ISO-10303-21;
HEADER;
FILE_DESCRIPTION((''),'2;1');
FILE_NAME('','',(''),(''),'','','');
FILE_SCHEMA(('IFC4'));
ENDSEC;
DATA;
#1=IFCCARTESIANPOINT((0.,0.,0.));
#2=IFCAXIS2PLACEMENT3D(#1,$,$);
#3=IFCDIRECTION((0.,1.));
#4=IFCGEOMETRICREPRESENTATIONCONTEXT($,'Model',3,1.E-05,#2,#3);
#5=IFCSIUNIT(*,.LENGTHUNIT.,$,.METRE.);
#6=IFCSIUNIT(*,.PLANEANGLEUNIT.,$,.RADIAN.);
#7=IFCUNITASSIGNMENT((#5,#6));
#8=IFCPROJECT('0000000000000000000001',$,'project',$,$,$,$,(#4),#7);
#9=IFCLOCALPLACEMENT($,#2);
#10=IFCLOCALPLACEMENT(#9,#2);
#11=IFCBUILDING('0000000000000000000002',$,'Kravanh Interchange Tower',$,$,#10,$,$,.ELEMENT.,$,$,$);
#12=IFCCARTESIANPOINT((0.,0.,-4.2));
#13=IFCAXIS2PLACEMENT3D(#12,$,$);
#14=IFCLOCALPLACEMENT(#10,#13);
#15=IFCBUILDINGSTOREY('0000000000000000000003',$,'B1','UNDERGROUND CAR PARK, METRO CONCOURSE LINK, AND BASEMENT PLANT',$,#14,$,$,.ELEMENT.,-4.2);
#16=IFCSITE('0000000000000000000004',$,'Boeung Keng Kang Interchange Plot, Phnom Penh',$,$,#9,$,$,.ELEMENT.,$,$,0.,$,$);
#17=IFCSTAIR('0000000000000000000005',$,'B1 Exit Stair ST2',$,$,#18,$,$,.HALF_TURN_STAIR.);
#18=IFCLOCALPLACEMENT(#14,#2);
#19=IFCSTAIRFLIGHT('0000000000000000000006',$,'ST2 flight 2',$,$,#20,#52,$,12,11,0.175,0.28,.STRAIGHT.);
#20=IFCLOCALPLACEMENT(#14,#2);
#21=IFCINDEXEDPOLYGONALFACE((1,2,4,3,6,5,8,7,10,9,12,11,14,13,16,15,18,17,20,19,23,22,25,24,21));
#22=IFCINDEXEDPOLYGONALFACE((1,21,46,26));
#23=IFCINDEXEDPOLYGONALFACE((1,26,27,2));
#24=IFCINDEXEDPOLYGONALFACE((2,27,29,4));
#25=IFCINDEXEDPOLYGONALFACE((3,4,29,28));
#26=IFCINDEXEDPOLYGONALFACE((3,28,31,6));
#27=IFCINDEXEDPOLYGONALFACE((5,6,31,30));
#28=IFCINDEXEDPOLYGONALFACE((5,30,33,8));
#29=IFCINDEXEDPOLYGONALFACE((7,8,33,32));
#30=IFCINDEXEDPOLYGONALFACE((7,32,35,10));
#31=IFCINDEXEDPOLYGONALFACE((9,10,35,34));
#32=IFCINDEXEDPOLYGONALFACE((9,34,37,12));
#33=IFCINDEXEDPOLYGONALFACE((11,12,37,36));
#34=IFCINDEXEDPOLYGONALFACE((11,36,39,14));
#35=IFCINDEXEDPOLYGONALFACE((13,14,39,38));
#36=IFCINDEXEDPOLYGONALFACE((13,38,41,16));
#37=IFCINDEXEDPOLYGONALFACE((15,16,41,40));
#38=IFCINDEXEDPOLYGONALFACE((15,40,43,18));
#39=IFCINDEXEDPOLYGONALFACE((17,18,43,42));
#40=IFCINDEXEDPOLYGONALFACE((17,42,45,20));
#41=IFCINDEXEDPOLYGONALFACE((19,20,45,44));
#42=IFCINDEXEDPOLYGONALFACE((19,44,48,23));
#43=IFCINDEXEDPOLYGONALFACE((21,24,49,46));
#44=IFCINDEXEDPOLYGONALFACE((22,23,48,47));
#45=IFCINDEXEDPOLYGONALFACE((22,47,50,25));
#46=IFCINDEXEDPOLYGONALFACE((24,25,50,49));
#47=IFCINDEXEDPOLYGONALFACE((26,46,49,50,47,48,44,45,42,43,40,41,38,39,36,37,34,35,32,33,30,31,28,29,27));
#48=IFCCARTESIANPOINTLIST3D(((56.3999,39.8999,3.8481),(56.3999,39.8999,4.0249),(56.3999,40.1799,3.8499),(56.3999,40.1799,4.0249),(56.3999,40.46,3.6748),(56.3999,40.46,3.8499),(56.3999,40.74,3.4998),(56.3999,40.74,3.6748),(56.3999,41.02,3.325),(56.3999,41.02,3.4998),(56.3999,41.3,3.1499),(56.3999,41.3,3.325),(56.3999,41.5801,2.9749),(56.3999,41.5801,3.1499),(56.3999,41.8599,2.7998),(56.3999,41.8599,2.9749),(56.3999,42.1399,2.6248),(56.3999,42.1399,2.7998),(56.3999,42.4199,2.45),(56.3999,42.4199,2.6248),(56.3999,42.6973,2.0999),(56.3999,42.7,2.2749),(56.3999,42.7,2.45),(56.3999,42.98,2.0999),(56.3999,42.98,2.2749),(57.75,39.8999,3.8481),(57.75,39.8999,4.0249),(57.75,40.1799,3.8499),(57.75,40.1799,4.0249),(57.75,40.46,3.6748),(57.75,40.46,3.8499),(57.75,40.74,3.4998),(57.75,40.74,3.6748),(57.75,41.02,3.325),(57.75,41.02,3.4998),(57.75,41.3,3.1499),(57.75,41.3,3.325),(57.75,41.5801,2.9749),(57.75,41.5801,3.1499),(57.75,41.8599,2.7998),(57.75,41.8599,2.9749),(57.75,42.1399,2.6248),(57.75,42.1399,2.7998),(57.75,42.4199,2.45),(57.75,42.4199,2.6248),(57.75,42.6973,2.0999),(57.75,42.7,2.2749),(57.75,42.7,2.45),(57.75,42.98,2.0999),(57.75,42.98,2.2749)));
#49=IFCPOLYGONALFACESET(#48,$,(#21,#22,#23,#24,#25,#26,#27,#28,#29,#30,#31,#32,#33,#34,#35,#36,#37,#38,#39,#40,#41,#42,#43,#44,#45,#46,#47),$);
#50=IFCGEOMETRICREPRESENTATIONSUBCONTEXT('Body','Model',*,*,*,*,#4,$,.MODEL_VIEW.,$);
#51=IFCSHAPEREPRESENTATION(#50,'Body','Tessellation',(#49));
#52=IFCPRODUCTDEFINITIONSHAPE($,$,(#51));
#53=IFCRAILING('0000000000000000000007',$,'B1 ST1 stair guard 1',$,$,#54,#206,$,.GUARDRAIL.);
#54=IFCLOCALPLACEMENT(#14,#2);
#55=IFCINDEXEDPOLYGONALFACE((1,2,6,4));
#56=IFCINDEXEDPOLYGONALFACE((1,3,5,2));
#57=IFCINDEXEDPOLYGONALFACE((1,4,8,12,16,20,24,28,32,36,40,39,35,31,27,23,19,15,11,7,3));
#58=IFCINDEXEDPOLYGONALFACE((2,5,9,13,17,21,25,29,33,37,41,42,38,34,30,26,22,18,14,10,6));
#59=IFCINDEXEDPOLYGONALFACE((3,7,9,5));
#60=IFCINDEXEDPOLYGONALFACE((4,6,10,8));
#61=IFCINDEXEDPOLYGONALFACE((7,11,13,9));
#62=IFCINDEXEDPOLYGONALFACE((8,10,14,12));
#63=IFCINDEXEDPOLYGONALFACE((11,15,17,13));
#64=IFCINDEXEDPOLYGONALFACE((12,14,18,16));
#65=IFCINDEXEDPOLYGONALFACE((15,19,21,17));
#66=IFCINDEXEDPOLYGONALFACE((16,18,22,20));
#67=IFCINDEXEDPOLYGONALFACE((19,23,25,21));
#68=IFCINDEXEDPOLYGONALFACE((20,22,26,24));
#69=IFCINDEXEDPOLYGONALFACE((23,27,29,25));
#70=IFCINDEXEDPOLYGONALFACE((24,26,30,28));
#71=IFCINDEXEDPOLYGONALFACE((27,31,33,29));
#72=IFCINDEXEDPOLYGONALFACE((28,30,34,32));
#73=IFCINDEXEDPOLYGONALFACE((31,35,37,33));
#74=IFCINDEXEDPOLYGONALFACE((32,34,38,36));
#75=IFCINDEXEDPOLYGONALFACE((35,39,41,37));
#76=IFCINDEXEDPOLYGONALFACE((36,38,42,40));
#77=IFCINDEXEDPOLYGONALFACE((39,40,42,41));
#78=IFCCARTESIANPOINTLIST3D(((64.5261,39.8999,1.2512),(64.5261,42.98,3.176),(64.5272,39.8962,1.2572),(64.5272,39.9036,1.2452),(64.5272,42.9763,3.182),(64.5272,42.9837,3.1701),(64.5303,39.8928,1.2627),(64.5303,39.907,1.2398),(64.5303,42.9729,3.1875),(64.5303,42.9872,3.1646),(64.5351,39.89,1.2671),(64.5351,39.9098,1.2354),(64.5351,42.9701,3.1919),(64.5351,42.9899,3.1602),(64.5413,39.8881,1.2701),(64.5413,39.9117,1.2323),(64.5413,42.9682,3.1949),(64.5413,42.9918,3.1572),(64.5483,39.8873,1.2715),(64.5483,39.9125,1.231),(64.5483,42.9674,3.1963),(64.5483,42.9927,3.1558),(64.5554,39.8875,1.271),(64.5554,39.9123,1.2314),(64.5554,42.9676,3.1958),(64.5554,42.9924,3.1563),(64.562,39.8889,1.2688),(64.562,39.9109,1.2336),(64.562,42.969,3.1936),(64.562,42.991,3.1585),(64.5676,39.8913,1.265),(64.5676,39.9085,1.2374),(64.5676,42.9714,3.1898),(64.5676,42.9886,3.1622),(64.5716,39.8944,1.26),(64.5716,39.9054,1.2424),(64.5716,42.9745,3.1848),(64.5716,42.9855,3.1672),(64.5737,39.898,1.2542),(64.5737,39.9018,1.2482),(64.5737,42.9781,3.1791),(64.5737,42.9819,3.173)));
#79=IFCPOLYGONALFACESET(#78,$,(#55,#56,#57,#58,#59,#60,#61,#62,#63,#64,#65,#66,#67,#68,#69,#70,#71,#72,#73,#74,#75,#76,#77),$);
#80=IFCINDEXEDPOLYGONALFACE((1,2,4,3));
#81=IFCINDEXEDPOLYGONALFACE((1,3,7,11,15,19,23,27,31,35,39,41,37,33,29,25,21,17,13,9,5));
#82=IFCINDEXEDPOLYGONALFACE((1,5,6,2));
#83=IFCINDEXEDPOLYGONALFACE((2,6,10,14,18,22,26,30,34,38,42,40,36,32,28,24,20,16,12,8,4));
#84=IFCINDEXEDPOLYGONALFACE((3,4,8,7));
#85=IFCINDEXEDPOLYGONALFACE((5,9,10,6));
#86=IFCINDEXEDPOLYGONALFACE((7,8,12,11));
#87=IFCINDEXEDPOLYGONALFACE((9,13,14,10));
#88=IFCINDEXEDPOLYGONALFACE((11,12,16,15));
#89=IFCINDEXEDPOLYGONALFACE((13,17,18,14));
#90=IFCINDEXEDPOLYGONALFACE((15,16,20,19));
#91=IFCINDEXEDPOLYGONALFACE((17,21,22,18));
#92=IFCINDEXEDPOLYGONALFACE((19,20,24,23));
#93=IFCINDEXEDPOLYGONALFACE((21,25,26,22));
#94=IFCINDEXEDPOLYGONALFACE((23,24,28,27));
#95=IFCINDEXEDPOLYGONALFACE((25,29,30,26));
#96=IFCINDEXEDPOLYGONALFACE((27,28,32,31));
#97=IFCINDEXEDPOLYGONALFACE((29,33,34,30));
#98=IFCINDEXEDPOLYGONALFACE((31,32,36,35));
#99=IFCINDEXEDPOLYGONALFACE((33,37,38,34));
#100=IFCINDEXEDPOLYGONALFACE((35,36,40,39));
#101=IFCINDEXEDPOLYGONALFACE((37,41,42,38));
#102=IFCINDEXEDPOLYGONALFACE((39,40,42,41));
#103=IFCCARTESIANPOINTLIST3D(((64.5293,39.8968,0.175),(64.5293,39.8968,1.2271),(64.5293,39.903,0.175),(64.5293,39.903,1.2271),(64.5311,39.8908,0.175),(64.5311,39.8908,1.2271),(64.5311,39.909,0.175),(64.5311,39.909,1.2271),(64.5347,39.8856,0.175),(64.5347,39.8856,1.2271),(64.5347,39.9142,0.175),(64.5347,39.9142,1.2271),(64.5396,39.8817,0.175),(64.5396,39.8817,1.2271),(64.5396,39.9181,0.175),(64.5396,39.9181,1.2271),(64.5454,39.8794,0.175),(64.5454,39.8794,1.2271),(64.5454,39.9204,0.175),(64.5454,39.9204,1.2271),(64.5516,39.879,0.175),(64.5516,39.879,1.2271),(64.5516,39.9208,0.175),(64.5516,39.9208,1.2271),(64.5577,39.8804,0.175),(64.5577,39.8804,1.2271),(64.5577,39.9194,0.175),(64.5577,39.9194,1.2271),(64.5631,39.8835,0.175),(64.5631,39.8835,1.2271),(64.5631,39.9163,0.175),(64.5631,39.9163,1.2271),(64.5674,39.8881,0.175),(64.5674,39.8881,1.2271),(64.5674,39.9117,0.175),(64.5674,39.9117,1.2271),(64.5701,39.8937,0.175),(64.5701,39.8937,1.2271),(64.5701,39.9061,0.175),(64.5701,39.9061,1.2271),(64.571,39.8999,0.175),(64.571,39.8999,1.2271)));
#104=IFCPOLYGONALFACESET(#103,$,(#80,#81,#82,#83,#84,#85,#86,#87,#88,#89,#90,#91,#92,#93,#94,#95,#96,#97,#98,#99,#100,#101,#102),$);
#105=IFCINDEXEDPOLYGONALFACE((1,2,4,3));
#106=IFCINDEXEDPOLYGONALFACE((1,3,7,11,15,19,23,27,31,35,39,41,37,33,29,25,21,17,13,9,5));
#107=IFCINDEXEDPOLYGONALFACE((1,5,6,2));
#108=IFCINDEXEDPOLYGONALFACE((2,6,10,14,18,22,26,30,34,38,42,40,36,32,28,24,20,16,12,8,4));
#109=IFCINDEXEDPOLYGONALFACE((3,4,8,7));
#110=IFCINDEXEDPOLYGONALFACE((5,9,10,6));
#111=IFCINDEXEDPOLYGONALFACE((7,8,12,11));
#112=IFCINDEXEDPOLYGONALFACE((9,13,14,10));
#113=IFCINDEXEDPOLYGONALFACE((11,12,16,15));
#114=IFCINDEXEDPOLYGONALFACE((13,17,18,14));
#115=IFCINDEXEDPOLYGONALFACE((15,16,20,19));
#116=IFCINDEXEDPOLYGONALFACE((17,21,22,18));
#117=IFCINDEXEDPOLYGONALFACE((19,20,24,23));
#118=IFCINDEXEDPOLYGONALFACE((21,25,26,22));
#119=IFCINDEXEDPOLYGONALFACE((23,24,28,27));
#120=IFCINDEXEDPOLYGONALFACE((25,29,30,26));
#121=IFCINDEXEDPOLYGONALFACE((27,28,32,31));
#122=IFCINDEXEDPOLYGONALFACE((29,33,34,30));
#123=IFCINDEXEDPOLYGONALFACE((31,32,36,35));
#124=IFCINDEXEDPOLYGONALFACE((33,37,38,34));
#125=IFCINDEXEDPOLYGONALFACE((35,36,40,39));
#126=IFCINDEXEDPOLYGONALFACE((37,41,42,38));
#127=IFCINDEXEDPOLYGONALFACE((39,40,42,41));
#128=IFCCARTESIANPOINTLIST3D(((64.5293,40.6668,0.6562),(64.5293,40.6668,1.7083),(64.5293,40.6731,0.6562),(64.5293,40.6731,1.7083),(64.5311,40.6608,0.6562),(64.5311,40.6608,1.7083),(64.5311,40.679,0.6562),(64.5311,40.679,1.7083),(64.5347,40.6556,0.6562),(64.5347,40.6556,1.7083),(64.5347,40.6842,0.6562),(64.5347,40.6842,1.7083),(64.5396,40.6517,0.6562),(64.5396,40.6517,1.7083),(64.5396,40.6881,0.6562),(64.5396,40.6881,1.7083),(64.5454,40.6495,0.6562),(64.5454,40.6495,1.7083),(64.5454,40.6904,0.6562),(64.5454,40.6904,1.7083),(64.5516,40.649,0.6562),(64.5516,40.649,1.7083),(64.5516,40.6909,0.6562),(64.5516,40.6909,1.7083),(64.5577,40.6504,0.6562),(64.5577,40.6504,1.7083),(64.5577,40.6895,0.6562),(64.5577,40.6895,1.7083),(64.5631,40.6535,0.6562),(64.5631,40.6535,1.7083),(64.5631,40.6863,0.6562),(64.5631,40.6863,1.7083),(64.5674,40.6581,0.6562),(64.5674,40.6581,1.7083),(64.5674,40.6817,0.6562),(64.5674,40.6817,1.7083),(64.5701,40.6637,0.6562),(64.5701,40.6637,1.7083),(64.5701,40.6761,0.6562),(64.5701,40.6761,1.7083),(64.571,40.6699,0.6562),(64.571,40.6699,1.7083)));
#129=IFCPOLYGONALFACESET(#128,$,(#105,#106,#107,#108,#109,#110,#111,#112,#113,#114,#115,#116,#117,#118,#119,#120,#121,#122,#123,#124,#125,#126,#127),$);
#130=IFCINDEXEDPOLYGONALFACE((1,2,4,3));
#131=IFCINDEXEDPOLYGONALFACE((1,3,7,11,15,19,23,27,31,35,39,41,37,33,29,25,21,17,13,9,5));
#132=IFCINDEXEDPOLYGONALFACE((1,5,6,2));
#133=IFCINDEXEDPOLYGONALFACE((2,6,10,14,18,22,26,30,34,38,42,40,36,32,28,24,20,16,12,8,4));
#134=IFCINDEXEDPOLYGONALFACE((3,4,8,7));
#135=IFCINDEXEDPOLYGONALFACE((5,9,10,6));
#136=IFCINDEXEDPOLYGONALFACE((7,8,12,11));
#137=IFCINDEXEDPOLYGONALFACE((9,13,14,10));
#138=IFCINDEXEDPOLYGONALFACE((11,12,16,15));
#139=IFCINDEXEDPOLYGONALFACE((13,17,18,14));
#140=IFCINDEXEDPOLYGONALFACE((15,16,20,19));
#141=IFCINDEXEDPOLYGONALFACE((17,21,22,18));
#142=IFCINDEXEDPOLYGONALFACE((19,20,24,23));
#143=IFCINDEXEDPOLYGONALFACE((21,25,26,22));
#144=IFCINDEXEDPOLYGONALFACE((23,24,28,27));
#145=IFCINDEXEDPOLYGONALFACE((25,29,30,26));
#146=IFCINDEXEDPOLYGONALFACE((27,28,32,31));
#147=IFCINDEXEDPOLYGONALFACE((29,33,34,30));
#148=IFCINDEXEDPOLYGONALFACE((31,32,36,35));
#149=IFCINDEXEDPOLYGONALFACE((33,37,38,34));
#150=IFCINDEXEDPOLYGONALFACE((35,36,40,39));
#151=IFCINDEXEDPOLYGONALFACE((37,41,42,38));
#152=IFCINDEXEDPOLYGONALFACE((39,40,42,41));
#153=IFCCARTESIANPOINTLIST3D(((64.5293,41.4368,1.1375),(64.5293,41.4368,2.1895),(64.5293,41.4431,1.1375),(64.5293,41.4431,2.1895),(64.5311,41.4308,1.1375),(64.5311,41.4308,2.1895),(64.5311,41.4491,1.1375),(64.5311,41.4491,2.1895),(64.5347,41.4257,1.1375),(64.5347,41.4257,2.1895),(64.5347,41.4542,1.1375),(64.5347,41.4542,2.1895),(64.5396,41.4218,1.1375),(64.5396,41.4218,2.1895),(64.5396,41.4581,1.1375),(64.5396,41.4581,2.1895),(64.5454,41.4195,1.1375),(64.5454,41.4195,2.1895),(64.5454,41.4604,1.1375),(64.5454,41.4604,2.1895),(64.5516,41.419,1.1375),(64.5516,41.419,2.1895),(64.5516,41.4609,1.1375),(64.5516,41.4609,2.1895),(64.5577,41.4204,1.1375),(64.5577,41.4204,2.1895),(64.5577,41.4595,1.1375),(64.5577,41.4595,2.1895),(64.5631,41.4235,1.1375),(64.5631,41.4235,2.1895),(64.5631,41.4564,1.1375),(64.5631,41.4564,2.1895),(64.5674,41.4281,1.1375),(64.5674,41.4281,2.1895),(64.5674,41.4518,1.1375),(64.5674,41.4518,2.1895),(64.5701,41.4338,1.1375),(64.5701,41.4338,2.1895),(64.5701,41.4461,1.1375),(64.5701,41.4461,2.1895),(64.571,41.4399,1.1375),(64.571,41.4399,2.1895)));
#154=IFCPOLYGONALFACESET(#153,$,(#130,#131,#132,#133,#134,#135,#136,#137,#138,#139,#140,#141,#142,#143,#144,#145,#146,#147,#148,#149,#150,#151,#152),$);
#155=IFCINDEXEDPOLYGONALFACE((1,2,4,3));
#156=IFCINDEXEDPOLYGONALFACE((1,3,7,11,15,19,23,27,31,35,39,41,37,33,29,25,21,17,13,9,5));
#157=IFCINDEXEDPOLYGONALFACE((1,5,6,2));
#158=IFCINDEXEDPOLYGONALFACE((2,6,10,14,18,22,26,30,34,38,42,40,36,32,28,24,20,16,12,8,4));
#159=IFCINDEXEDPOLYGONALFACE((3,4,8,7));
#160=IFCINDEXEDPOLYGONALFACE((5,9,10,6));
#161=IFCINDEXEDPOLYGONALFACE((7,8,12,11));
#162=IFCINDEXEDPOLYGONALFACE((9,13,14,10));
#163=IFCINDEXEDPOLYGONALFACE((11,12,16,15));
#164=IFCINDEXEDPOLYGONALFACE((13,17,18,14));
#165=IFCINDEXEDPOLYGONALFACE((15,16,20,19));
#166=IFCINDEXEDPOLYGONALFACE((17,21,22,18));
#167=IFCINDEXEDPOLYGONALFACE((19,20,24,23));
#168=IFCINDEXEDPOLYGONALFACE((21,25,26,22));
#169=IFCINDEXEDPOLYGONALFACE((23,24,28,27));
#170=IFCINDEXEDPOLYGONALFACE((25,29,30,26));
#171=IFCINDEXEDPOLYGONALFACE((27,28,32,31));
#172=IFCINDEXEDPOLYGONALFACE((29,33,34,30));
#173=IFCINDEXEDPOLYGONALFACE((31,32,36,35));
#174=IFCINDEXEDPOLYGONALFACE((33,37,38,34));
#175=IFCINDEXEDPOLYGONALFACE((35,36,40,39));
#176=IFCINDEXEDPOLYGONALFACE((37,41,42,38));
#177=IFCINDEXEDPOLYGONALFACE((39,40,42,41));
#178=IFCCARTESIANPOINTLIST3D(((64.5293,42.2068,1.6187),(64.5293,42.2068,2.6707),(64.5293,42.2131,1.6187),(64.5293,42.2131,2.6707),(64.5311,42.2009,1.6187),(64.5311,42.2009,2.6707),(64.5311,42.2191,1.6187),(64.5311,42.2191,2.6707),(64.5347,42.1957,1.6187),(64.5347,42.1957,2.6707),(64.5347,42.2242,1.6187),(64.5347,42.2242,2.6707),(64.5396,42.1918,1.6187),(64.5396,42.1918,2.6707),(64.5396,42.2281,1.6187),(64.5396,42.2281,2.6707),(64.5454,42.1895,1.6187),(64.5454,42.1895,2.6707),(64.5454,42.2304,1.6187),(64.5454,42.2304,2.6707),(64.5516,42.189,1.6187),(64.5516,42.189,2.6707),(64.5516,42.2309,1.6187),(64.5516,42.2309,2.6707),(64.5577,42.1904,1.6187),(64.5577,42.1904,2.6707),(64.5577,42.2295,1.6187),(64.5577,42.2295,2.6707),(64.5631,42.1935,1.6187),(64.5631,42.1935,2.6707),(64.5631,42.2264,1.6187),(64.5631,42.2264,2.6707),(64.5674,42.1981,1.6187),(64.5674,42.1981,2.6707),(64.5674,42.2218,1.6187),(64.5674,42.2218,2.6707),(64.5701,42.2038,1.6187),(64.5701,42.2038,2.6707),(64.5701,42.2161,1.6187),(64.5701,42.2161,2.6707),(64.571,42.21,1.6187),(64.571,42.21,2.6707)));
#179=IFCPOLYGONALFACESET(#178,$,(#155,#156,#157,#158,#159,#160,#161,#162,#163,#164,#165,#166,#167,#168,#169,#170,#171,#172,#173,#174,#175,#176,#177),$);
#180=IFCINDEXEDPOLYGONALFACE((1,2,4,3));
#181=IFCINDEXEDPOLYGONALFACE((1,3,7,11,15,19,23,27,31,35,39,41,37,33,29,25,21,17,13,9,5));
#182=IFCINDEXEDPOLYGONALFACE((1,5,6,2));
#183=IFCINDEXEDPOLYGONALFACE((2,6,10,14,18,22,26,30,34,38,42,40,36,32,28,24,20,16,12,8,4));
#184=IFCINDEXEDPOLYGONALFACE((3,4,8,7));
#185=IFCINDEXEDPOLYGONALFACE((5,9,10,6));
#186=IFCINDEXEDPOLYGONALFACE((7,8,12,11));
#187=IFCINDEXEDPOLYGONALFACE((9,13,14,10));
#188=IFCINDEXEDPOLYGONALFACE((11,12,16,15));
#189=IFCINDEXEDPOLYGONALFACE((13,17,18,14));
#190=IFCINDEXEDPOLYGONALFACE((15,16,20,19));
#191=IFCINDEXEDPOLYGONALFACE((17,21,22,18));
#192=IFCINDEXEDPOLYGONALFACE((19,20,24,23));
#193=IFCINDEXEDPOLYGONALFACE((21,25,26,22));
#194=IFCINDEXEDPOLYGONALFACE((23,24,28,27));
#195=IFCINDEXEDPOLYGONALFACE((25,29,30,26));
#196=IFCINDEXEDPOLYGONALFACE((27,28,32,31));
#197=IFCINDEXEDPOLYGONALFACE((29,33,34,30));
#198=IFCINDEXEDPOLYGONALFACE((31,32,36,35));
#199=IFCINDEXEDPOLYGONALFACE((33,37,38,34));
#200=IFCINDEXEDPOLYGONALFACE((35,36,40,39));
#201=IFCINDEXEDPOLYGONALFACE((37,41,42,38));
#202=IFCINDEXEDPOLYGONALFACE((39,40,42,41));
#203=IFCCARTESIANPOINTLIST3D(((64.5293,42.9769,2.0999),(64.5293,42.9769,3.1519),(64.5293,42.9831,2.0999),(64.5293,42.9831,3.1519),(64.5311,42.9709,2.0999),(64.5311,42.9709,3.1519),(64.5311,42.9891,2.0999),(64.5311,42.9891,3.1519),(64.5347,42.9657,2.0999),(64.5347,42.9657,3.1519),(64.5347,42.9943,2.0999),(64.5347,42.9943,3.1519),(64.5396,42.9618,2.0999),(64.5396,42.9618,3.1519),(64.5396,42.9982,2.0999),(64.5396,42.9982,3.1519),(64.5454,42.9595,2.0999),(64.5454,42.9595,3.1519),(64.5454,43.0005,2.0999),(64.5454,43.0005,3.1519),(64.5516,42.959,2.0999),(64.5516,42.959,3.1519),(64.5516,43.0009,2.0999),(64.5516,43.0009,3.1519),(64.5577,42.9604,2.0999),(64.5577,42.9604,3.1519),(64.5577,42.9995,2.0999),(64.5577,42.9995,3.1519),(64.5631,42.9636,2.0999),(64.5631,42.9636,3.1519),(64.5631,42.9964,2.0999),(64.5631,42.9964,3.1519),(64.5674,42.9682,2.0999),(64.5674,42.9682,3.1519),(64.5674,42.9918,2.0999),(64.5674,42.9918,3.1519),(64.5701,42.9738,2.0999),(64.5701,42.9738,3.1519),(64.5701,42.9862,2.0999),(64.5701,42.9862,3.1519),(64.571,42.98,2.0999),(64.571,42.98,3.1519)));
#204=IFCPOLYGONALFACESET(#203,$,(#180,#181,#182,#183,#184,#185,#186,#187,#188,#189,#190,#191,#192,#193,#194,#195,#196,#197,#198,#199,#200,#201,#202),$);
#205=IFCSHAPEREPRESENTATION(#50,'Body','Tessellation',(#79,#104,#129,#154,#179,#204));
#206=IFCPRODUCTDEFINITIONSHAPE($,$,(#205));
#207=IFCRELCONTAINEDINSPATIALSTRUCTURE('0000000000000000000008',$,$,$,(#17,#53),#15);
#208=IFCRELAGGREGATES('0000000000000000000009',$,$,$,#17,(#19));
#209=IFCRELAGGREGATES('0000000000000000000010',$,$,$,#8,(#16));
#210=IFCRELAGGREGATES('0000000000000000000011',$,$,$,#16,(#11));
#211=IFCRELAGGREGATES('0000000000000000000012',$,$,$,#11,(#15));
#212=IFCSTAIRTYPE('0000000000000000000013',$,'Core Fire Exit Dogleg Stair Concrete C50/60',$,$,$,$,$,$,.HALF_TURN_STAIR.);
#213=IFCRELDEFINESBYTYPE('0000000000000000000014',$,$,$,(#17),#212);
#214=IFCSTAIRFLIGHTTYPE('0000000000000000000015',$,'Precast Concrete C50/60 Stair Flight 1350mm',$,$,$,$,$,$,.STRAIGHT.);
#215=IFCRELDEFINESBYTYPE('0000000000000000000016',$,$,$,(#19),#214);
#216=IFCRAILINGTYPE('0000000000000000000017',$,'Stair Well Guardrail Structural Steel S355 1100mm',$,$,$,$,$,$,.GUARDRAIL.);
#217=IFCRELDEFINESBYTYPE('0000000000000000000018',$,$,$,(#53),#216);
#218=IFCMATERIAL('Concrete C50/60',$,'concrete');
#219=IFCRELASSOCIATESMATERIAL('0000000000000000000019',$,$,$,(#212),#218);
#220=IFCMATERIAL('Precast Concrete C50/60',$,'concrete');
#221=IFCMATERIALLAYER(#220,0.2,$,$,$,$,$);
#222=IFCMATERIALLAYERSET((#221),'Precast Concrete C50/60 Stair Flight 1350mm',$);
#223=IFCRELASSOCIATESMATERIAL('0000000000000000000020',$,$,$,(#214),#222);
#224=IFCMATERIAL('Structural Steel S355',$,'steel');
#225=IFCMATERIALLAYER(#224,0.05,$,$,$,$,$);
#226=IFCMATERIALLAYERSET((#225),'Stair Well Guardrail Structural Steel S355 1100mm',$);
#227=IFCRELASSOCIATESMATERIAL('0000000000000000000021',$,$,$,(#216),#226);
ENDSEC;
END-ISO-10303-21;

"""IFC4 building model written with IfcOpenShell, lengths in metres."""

from ifc_helpers import new_model, si_unit, direction, frame, origin, origin_2d, place, context, subcontext, project, spatial, polyline, circle, outline, extrude, material, layer, layer_set, type_object, element, aggregate, save


model = new_model("IFC4")

# Units and contexts
model_context = context("Model", 3, precision=1e-05, world=origin(), true_north=direction((0.0, 1.0)))
body_context = subcontext(model_context, "Body", "Model", "MODEL_VIEW")
ifc_project = project(units=[si_unit("LENGTHUNIT", "METRE"), si_unit("PLANEANGLEUNIT", "RADIAN")], contexts=[model_context])

# Site, building, storey
site_placement = place(None, origin())
site = spatial("IfcSite", under=ifc_project, at=site_placement, Name="Boeung Keng Kang Interchange Plot, Phnom Penh", CompositionType="ELEMENT", RefElevation=0.0)
building_placement = place(site_placement, origin())
building = spatial("IfcBuilding", under=site, at=building_placement, Name="Kravanh Interchange Tower", CompositionType="ELEMENT")
storey_placement = place(building_placement, frame((0.0, 0.0, -4.2)))
storey = spatial("IfcBuildingStorey", under=building, at=storey_placement, Name="B1", Description="UNDERGROUND CAR PARK, METRO CONCOURSE LINK, AND BASEMENT PLANT", CompositionType="ELEMENT", Elevation=-4.2)

# Stair, stair flight
ifc_material_1 = material(Name="Concrete C50/60", Category="concrete")
stair_type = type_object("IfcStairType", Name="Core Fire Exit Dogleg Stair Concrete C50/60", PredefinedType="HALF_TURN_STAIR", material=ifc_material_1)
ifc_material_2 = material(Name="Precast Concrete C50/60", Category="concrete")
ifc_layer_1 = layer(ifc_material_2, 0.2)
ifc_layer_set_1 = layer_set([ifc_layer_1], Name="Precast Concrete C50/60 Stair Flight 1350mm")
stair_flight_type = type_object("IfcStairFlightType", Name="Precast Concrete C50/60 Stair Flight 1350mm", PredefinedType="STRAIGHT", material=ifc_layer_set_1)
stair_1_placement = place(storey_placement, origin())
stair_1 = element("IfcStair", 1, at=stair_1_placement, inside=storey, type_object=stair_type, Name="B1 Exit Stair ST2", PredefinedType="HALF_TURN_STAIR")
stair_flight_1_placement = place(storey_placement, frame((57.075, 42.98, 2.0999), z_axis=(0.0, 0.0, 1.0), x_axis=(0.0, -1.0, 0.0)))
stair_flight_1 = element("IfcStairFlight", 2, at=stair_flight_1_placement, type_object=stair_flight_type, Name="ST2 flight 2", NumberOfRisers=12, NumberOfTreads=11, PredefinedType="STRAIGHT", RiserHeight=0.175, TreadLength=0.28, context=body_context, shape_type="SweptSolid", body=[
    extrude(outline(polyline([(0.0, 0.0), (0.0, 0.175), (0.28, 0.175), (0.28, 0.3501), (0.5601, 0.3501), (0.5601, 0.5249), (0.8401, 0.5249), (0.8401, 0.7), (1.1201, 0.7), (1.1201, 0.875), (1.3999, 0.875), (1.3999, 1.05), (1.6799, 1.05), (1.6799, 1.2251), (1.96, 1.2251), (1.96, 1.3999), (2.24, 1.3999), (2.24, 1.575), (2.52, 1.575), (2.52, 1.75), (2.8, 1.75), (2.8, 1.925), (3.0801, 1.925), (3.0801, 2.1001), (3.0801, 1.7483), (0.2827, 0.0), (0.0, 0.0)])), frame((0.0, 0.675, 0.0), z_axis=(0.0, -1.0, 0.0), x_axis=(1.0, 0.0, 0.0)), (0.0, 0.0, 1.0), 1.3501),
])
aggregate(stair_1, [stair_flight_1])

# Railing
ifc_material_3 = material(Name="Structural Steel S355", Category="steel")
ifc_layer_2 = layer(ifc_material_3, 0.05)
ifc_layer_set_2 = layer_set([ifc_layer_2], Name="Stair Well Guardrail Structural Steel S355 1100mm")
railing_type_1 = type_object("IfcRailingType", Name="Stair Well Guardrail Structural Steel S355 1100mm", PredefinedType="GUARDRAIL", material=ifc_layer_set_2)
railing_1_placement = place(storey_placement, frame((64.55, 39.8999, 0.175)))
element("IfcRailing", 3, at=railing_1_placement, inside=storey, type_object=railing_type_1, Name="B1 ST1 stair guard 1", PredefinedType="GUARDRAIL", context=body_context, shape_type="SweptSolid", body=[
    extrude(circle(Radius=0.0239, at=origin_2d()), frame((0.0, 0.0, 1.0762), z_axis=(0.0, 0.848029, 0.529951), x_axis=(-1.0, 0.0, 0.0)), (0.0, 0.0, 1.0), 3.6321),
    extrude(circle(Radius=0.021, at=origin_2d()), origin(), (0.0, 0.0, 1.0), 1.052),
    extrude(circle(Radius=0.021, at=origin_2d()), frame((0.0, 0.77, 0.4812)), (0.0, 0.0, 1.0), 1.052),
    extrude(circle(Radius=0.021, at=origin_2d()), frame((0.0, 1.54, 0.9624)), (0.0, 0.0, 1.0), 1.052),
    extrude(circle(Radius=0.021, at=origin_2d()), frame((0.0, 2.3101, 1.4436)), (0.0, 0.0, 1.0), 1.052),
    extrude(circle(Radius=0.021, at=origin_2d()), frame((0.0, 3.0801, 1.9248)), (0.0, 0.0, 1.0), 1.052),
])

save(model, "model.ifc")
